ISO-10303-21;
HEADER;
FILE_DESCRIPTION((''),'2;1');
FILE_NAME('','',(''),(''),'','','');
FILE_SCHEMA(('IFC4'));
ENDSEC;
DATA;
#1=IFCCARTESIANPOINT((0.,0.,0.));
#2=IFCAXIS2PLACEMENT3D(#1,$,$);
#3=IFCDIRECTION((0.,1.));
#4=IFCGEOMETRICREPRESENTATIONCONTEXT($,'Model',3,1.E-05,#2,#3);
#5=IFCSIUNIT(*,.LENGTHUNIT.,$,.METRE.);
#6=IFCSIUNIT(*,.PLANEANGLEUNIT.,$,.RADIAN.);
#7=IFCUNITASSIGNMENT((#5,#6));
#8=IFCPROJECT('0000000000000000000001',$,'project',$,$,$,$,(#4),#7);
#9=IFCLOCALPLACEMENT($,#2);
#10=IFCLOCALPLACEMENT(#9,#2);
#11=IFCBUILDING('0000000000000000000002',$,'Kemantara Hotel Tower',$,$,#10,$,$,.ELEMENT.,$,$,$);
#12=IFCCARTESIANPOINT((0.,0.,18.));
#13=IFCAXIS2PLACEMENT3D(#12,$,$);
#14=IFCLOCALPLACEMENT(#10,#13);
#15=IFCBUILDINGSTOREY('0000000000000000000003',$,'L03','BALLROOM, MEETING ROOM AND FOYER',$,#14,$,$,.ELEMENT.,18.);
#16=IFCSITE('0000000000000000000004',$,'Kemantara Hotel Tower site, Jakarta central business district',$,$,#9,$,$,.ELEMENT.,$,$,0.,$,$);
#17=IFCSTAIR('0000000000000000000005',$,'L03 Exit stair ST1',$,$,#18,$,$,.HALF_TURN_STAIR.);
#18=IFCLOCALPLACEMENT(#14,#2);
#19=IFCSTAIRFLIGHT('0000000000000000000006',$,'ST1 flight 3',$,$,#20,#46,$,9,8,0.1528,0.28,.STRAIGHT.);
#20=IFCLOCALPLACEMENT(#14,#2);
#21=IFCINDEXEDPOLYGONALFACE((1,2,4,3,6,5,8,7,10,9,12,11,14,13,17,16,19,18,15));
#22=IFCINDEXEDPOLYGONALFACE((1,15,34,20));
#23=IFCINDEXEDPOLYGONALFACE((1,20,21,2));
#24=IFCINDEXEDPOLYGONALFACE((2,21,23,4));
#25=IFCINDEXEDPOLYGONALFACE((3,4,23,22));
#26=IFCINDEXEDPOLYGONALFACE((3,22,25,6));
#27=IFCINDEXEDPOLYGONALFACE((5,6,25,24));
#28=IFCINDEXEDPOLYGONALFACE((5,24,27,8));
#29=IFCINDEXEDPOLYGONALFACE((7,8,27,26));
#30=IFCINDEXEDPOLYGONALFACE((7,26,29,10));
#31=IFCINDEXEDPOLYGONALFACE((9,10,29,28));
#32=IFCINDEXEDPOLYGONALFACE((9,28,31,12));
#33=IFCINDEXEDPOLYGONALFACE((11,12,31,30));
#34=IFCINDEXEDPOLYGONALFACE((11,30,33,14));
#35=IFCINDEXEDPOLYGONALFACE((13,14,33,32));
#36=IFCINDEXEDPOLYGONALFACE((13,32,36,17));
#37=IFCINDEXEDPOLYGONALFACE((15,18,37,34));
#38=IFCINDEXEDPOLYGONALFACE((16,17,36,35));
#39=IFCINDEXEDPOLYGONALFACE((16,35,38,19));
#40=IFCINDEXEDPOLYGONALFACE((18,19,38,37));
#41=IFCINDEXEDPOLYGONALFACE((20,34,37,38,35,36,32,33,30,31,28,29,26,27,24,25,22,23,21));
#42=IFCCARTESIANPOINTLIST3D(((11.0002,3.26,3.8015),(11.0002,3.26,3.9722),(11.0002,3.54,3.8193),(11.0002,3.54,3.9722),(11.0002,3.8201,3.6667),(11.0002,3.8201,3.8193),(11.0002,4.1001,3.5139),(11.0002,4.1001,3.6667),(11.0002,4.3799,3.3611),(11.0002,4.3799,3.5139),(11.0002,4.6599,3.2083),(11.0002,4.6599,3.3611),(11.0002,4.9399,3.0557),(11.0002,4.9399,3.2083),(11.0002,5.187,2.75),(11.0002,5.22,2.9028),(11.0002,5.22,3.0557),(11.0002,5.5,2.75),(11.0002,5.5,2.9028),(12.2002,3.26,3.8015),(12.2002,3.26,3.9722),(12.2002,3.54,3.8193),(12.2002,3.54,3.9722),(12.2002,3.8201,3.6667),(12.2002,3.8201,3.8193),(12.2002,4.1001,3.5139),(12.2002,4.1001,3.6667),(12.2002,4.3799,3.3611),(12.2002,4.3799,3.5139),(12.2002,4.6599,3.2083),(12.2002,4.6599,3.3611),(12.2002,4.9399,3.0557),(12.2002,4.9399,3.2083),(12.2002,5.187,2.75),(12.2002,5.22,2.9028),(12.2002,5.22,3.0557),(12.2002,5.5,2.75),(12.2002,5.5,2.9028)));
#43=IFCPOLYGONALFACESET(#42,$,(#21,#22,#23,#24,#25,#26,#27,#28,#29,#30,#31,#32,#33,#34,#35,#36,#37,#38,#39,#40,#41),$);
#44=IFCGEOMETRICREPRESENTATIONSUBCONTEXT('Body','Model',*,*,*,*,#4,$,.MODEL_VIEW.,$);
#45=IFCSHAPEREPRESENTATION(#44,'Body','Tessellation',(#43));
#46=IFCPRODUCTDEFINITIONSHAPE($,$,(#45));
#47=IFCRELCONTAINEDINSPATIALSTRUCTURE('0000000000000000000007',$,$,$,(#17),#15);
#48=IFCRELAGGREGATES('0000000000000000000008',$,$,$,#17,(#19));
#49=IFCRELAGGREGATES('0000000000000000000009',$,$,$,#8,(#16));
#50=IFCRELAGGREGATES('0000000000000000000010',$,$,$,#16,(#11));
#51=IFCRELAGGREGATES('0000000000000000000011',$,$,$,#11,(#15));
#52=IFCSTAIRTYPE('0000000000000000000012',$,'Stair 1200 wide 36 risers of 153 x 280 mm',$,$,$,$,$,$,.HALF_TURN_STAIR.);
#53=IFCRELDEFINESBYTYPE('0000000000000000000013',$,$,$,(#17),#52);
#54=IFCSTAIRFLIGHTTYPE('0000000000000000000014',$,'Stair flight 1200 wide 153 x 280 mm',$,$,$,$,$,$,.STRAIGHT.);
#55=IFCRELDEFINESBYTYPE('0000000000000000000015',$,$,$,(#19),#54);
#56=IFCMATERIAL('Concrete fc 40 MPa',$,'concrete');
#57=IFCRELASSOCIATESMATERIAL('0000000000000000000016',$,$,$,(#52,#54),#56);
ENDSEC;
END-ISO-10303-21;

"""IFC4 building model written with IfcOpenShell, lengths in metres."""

from ifc_helpers import new_model, si_unit, direction, frame, origin, place, context, subcontext, project, spatial, polyline, outline, extrude, material, type_object, element, aggregate, save


model = new_model("IFC4")

# Units and contexts
model_context = context("Model", 3, precision=1e-05, world=origin(), true_north=direction((0.0, 1.0)))
body_context = subcontext(model_context, "Body", "Model", "MODEL_VIEW")
ifc_project = project(units=[si_unit("LENGTHUNIT", "METRE"), si_unit("PLANEANGLEUNIT", "RADIAN")], contexts=[model_context])

# Site, building, storey
site_placement = place(None, origin())
site = spatial("IfcSite", under=ifc_project, at=site_placement, Name="Kemantara Hotel Tower site, Jakarta central business district", CompositionType="ELEMENT", RefElevation=0.0)
building_placement = place(site_placement, origin())
building = spatial("IfcBuilding", under=site, at=building_placement, Name="Kemantara Hotel Tower", CompositionType="ELEMENT")
storey_placement = place(building_placement, frame((0.0, 0.0, 18.0)))
storey = spatial("IfcBuildingStorey", under=building, at=storey_placement, Name="L03", Description="BALLROOM, MEETING ROOM AND FOYER", CompositionType="ELEMENT", Elevation=18.0)

# Stair, stair flight
ifc_material_1 = material(Name="Concrete fc 40 MPa", Category="concrete")
stair_type = type_object("IfcStairType", Name="Stair 1200 wide 36 risers of 153 x 280 mm", PredefinedType="HALF_TURN_STAIR", material=ifc_material_1)
stair_placement = place(storey_placement, origin())
stair = element("IfcStair", 1, at=stair_placement, inside=storey, type_object=stair_type, Name="L03 Exit stair ST1", PredefinedType="HALF_TURN_STAIR")
stair_flight_type = type_object("IfcStairFlightType", Name="Stair flight 1200 wide 153 x 280 mm", PredefinedType="STRAIGHT", material=ifc_material_1)
stair_flight_1_placement = place(storey_placement, frame((11.6001, 5.5, 2.75), z_axis=(0.0, 0.0, 1.0), x_axis=(0.0, -1.0, 0.0)))
stair_flight_1 = element("IfcStairFlight", 2, at=stair_flight_1_placement, type_object=stair_flight_type, Name="ST1 flight 3", NumberOfRisers=9, NumberOfTreads=8, PredefinedType="STRAIGHT", RiserHeight=0.1528, TreadLength=0.28, context=body_context, shape_type="SweptSolid", body=[
    extrude(outline(polyline([(0.0, 0.0), (0.0, 0.1528), (0.28, 0.1528), (0.28, 0.3057), (0.5601, 0.3057), (0.5601, 0.4583), (0.8401, 0.4583), (0.8401, 0.6111), (1.1201, 0.6111), (1.1201, 0.7639), (1.3999, 0.7639), (1.3999, 0.9167), (1.6799, 0.9167), (1.6799, 1.0693), (1.96, 1.0693), (1.96, 1.2222), (2.24, 1.2222), (2.24, 1.375), (2.24, 1.0515), (0.313, 0.0), (0.0, 0.0)])), frame((0.0, 0.6001, 0.0), z_axis=(0.0, -1.0, 0.0), x_axis=(1.0, 0.0, 0.0)), (0.0, 0.0, 1.0), 1.2),
])
aggregate(stair, [stair_flight_1])

save(model, "model.ifc")
